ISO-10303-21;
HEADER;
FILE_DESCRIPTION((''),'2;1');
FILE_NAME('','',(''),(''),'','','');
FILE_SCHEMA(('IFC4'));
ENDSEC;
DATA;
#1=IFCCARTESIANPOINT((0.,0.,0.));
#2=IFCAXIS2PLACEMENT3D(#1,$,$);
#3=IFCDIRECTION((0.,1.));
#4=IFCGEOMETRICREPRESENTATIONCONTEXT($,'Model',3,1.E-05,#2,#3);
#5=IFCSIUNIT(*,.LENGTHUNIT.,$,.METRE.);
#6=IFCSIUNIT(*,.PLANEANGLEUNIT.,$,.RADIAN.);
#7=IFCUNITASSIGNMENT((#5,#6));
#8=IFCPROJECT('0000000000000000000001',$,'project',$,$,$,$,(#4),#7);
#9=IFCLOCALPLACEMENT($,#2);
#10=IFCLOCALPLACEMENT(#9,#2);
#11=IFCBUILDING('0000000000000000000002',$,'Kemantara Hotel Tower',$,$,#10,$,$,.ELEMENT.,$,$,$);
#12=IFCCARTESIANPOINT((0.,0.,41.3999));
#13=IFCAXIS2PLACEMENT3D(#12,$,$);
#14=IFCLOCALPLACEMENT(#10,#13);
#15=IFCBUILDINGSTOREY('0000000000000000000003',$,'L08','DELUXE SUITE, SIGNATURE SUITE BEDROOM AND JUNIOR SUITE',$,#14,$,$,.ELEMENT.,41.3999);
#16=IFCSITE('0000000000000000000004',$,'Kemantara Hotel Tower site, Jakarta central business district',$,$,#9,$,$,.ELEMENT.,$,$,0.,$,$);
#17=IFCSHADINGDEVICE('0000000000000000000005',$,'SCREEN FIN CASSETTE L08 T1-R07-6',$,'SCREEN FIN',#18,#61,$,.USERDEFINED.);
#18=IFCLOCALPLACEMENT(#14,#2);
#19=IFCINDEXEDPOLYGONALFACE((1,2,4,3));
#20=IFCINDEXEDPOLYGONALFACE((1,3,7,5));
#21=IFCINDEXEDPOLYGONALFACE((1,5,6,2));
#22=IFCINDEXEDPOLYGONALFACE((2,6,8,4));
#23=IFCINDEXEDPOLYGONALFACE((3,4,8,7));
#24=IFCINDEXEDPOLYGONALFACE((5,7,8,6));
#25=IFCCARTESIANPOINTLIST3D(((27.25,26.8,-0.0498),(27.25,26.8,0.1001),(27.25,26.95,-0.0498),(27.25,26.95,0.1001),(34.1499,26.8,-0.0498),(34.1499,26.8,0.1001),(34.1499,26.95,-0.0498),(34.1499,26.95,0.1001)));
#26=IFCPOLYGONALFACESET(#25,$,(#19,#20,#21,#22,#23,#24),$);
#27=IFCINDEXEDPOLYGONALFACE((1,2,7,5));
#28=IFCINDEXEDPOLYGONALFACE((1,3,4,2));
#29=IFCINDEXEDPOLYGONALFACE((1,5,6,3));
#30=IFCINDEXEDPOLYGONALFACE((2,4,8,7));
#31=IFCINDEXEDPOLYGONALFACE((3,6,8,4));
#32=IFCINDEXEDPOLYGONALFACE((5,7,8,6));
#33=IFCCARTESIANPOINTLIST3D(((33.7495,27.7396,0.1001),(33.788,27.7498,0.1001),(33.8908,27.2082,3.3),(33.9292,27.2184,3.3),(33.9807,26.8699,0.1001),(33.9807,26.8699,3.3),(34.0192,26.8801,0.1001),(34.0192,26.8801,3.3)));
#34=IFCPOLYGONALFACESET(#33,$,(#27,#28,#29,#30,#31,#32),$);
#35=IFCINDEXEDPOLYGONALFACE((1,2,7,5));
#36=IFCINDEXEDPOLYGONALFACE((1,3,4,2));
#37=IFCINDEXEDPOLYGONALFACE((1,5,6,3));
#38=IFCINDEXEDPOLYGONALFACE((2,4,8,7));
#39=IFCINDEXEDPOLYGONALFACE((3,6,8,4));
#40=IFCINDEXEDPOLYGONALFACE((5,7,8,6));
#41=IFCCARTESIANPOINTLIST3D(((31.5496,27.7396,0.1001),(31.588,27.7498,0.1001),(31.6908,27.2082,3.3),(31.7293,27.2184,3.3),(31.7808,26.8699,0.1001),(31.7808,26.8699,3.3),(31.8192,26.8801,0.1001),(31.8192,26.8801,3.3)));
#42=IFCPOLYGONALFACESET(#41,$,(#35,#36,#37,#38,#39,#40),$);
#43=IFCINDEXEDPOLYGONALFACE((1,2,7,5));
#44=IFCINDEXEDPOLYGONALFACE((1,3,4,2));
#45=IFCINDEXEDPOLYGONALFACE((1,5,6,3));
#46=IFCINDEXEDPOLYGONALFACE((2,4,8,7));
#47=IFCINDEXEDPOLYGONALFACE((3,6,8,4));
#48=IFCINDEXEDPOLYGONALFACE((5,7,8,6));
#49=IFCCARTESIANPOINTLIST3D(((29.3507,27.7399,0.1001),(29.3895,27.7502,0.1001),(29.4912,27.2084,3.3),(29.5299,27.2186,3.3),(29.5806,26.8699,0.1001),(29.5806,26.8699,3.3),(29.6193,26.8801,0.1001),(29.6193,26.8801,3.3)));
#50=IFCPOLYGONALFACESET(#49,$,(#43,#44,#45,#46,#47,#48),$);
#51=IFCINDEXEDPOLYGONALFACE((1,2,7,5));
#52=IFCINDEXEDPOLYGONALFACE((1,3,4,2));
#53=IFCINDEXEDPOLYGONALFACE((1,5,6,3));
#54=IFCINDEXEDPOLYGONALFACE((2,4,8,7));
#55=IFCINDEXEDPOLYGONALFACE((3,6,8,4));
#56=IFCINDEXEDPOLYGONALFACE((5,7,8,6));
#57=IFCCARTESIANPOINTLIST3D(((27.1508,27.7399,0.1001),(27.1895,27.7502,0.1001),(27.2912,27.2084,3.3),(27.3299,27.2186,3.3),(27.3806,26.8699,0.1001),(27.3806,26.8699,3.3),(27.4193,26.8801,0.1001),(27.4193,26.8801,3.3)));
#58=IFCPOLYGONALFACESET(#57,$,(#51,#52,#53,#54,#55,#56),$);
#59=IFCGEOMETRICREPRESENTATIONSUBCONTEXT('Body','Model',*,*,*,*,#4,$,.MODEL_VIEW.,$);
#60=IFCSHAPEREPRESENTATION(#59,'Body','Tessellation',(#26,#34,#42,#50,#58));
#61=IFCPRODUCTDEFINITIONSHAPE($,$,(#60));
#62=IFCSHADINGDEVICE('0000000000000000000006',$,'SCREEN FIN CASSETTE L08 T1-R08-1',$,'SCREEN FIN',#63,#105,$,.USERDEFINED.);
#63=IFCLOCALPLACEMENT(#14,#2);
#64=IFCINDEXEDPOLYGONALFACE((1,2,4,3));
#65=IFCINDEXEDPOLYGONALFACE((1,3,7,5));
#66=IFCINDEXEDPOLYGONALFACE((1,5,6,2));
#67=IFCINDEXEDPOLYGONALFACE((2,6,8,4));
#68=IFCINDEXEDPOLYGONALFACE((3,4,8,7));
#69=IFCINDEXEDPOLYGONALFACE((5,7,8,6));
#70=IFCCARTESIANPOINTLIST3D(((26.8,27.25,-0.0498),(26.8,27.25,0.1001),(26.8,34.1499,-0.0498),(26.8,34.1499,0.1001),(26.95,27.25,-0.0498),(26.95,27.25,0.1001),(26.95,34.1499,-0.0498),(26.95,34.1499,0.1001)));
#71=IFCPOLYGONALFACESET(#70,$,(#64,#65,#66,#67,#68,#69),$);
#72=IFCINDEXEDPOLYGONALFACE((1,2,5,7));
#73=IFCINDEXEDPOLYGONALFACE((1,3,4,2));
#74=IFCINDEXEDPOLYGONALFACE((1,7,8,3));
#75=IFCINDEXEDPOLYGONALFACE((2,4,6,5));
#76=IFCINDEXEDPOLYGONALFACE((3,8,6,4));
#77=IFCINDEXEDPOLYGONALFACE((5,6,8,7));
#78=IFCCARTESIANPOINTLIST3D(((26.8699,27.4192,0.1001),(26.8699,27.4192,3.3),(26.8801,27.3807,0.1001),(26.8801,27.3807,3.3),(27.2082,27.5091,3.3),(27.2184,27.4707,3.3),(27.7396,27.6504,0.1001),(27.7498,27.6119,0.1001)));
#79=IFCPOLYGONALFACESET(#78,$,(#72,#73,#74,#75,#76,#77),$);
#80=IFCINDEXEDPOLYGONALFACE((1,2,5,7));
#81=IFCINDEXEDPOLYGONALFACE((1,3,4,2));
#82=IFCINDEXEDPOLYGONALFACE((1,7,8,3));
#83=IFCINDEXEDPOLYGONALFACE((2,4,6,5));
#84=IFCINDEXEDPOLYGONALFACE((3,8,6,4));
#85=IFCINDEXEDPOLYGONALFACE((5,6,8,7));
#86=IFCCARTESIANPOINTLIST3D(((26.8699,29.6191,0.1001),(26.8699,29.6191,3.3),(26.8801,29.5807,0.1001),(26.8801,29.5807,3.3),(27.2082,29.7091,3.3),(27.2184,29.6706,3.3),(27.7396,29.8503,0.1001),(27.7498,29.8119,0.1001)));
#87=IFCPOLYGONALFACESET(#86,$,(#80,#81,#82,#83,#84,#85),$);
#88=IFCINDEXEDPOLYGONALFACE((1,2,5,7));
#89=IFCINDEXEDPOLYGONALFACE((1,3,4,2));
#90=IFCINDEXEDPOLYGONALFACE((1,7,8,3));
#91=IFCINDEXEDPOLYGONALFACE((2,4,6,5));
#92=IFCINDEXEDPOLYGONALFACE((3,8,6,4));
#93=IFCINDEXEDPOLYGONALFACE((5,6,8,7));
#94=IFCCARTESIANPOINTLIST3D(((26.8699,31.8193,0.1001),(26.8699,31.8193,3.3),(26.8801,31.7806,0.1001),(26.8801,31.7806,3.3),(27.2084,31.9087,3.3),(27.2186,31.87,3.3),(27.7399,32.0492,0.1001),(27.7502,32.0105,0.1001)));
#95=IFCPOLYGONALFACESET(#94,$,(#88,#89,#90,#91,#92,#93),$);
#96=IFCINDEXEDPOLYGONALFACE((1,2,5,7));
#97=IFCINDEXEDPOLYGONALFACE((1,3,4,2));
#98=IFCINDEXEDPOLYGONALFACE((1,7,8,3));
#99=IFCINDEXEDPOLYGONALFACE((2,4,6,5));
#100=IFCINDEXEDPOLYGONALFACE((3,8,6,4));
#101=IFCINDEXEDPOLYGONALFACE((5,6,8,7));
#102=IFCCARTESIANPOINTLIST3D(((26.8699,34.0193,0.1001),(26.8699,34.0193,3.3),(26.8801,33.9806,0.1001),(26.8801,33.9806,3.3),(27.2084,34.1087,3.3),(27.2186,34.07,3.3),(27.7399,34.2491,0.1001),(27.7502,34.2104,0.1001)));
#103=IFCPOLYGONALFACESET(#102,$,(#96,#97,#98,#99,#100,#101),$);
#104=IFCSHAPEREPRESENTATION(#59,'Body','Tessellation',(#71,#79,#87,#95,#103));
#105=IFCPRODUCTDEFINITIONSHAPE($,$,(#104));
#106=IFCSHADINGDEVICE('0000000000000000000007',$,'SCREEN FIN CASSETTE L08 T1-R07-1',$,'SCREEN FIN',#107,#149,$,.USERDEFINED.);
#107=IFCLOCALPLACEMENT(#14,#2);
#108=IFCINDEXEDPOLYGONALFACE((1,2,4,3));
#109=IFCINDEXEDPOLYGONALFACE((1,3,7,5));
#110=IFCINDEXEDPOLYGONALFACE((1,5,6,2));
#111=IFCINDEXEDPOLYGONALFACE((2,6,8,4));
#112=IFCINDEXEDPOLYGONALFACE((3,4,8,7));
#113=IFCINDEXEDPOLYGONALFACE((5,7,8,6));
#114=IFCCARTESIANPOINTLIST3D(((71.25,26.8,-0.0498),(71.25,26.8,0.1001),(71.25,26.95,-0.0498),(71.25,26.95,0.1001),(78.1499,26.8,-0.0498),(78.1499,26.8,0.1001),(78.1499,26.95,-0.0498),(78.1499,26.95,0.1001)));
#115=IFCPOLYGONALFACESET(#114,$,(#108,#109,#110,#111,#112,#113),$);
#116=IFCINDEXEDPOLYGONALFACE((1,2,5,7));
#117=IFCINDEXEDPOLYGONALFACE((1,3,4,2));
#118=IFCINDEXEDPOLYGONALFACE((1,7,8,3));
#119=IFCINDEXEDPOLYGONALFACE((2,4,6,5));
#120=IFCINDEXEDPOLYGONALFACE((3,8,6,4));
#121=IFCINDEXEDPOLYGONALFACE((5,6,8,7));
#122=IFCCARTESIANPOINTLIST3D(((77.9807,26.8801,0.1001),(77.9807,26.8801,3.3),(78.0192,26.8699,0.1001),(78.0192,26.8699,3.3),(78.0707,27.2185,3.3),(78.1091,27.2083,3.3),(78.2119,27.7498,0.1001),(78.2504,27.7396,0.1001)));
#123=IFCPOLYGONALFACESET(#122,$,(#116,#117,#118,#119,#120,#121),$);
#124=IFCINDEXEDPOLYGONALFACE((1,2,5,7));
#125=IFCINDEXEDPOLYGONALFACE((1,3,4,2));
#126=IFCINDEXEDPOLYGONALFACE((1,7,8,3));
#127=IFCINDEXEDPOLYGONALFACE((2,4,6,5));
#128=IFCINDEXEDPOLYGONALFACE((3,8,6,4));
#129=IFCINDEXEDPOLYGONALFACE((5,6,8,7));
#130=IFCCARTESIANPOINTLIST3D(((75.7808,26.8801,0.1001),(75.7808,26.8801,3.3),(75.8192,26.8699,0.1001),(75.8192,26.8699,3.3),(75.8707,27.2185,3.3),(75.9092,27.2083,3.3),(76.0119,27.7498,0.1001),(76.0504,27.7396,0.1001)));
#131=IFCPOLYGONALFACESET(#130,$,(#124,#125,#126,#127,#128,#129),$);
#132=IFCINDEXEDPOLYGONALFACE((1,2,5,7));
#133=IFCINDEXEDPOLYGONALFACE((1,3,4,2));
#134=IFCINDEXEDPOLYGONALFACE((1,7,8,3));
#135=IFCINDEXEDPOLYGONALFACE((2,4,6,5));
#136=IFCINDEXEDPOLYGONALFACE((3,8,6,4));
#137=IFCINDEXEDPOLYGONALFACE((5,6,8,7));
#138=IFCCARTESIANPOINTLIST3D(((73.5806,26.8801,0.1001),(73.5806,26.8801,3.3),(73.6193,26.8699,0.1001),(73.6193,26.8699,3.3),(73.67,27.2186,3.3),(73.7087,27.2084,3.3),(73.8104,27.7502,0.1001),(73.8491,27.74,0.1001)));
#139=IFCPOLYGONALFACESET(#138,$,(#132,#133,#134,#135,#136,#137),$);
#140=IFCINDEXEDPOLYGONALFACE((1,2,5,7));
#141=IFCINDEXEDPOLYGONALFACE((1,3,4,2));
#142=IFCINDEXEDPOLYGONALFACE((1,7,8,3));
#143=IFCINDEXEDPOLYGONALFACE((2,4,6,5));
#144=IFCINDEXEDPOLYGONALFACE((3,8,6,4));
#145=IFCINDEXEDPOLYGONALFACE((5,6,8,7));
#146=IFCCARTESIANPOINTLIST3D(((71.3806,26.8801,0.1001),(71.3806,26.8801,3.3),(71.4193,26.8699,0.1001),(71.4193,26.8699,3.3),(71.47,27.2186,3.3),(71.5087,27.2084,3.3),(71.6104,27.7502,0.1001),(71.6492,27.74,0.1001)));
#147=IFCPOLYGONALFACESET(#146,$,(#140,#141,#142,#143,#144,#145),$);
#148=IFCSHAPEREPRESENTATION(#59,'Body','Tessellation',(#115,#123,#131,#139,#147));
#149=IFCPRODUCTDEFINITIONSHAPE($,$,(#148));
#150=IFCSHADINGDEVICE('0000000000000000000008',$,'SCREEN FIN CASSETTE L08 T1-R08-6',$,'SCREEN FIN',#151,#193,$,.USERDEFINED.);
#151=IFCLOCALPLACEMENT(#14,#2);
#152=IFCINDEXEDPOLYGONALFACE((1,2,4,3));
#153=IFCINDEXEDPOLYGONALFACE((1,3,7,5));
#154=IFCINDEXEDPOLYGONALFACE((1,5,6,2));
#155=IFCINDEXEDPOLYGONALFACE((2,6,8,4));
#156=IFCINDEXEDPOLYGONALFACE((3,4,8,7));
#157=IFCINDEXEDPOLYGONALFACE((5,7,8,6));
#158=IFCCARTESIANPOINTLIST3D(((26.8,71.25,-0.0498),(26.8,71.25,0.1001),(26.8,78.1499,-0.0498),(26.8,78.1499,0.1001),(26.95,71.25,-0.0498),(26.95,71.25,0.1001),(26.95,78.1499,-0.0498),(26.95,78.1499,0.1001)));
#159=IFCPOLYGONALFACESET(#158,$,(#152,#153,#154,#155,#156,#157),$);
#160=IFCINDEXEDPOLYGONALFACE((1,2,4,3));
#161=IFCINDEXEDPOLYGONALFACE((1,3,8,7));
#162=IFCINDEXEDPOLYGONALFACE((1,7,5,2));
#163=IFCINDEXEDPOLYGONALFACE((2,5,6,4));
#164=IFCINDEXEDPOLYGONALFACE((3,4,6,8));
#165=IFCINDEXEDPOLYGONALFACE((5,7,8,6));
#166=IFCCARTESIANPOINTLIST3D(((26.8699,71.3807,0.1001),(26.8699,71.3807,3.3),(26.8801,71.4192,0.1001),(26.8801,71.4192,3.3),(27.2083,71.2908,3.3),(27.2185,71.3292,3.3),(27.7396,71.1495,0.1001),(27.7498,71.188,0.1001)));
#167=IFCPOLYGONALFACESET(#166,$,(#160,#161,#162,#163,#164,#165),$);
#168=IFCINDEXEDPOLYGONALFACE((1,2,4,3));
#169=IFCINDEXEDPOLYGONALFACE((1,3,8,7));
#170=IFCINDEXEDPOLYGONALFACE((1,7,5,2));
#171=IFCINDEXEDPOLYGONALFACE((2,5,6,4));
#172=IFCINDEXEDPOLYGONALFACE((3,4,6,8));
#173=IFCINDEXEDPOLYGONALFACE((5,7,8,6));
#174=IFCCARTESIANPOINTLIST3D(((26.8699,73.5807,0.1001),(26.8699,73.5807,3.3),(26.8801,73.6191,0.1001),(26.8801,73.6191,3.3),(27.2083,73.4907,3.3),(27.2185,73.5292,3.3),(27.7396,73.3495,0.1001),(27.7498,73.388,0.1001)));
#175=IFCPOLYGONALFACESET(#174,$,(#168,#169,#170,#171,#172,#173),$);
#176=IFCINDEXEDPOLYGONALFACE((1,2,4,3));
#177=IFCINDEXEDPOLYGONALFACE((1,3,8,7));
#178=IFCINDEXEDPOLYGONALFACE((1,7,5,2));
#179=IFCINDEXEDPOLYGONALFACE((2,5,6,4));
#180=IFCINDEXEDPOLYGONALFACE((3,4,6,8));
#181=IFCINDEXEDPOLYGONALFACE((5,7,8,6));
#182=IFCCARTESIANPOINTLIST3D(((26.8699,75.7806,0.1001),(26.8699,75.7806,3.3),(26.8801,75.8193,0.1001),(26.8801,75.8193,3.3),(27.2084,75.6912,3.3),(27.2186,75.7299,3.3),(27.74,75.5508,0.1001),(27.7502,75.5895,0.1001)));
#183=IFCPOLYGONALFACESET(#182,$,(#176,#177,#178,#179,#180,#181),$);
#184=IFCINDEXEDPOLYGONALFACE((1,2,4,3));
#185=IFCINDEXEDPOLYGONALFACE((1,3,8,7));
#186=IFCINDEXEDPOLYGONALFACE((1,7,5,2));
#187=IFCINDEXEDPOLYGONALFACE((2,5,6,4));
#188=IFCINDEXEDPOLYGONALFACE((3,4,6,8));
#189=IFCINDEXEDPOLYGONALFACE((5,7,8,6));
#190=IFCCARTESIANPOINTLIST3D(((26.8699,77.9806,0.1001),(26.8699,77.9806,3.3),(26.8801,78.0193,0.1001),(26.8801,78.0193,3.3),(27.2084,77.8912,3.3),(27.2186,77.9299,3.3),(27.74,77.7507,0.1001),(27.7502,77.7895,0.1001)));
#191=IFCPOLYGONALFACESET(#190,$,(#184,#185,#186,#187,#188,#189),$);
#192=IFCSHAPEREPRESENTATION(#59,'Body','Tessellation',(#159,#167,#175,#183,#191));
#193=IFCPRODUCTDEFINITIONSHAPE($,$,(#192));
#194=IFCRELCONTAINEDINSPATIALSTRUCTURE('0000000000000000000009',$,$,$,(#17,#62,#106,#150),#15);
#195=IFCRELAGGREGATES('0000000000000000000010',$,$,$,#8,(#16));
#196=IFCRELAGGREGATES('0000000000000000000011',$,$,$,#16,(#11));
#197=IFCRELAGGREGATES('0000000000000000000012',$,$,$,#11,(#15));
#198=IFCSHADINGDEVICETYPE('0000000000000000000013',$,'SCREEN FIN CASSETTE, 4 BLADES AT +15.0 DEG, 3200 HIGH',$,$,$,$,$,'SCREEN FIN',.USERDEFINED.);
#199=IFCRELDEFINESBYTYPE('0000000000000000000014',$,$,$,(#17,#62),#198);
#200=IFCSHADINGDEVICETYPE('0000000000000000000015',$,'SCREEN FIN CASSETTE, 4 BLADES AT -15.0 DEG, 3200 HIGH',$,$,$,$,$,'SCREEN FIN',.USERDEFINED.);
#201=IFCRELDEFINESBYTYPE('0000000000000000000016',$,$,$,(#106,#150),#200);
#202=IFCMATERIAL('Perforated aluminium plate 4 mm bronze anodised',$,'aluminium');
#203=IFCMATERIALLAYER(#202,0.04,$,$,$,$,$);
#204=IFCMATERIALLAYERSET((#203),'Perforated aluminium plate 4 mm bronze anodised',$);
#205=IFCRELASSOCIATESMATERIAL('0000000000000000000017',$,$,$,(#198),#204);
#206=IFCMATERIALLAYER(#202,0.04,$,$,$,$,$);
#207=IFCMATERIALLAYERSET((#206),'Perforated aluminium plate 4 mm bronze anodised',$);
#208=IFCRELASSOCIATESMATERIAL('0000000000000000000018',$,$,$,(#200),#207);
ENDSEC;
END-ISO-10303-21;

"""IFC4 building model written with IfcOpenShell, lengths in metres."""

from ifc_helpers import new_model, si_unit, direction, frame, origin, origin_2d, place, context, subcontext, project, spatial, polyline, rectangle, outline, extrude, source, transform, mapped, material, layer, layer_set, type_object, element, save


model = new_model("IFC4")

# Units and contexts
model_context = context("Model", 3, precision=1e-05, world=origin(), true_north=direction((0.0, 1.0)))
body_context = subcontext(model_context, "Body", "Model", "MODEL_VIEW")
ifc_project = project(units=[si_unit("LENGTHUNIT", "METRE"), si_unit("PLANEANGLEUNIT", "RADIAN")], contexts=[model_context])

# Site, building, storey
site_placement = place(None, origin())
site = spatial("IfcSite", under=ifc_project, at=site_placement, Name="Kemantara Hotel Tower site, Jakarta central business district", CompositionType="ELEMENT", RefElevation=0.0)
building_placement = place(site_placement, origin())
building = spatial("IfcBuilding", under=site, at=building_placement, Name="Kemantara Hotel Tower", CompositionType="ELEMENT")
storey_placement = place(building_placement, frame((0.0, 0.0, 41.3999)))
storey = spatial("IfcBuildingStorey", under=building, at=storey_placement, Name="L08", Description="DELUXE SUITE, SIGNATURE SUITE BEDROOM AND JUNIOR SUITE", CompositionType="ELEMENT", Elevation=41.3999)

# Shading devices
ifc_material_1 = material(Name="Perforated aluminium plate 4 mm bronze anodised", Category="aluminium")
ifc_layer_1 = layer(ifc_material_1, 0.04)
ifc_layer_set_1 = layer_set([ifc_layer_1], Name="Perforated aluminium plate 4 mm bronze anodised")
shading_device_type_1 = type_object("IfcShadingDeviceType", Name="SCREEN FIN CASSETTE, 4 BLADES AT +15.0 DEG, 3200 HIGH", ElementType="SCREEN FIN", PredefinedType="USERDEFINED", material=ifc_layer_set_1)
shared_shape_1 = source(origin(), body_context, "Body", "SweptSolid", [
    extrude(rectangle(XDim=6.8999, YDim=0.1499, at=origin_2d()), frame((3.3, -0.075, -0.1499), z_axis=(0.0, 0.0, 1.0), x_axis=(1.0, 0.0, 0.0)), (0.0, 0.0, 1.0), 0.1499),
    extrude(outline(polyline([(0.0, 0.0), (0.8999, 0.0), (0.3501, 3.2), (0.0, 3.2), (0.0, 0.0)])), frame((0.0193, -0.0698, 0.0), z_axis=(-0.966438, -0.256901, 0.0), x_axis=(0.256901, -0.966438, 0.0)), (0.0, 0.0, 1.0), 0.0398),
    extrude(outline(polyline([(0.0, 0.0), (0.8999, 0.0), (0.3501, 3.2), (0.0, 3.2), (0.0, 0.0)])), frame((2.2192, -0.0698, 0.0), z_axis=(-0.966438, -0.256901, 0.0), x_axis=(0.256901, -0.966438, 0.0)), (0.0, 0.0, 1.0), 0.0398),
    extrude(outline(polyline([(0.0, 0.0), (0.8999, 0.0), (0.3501, 3.2), (0.0, 3.2), (0.0, 0.0)])), frame((4.4194, -0.0698, 0.0), z_axis=(-0.966838, -0.255391, 0.0), x_axis=(0.255391, -0.966838, 0.0)), (0.0, 0.0, 1.0), 0.04),
    extrude(outline(polyline([(0.0, 0.0), (0.8999, 0.0), (0.3501, 3.2), (0.0, 3.2), (0.0, 0.0)])), frame((6.6194, -0.0698, 0.0), z_axis=(-0.966838, -0.255391, 0.0), x_axis=(0.255391, -0.966838, 0.0)), (0.0, 0.0, 1.0), 0.04),
])
for number, where, z_axis, x_axis, name in (
    (1, (34.0, 26.8, 0.1001), (0.0, 0.0, 1.0), (-1.0, 0.0, 0.0), "SCREEN FIN CASSETTE L08 T1-R07-6"),
    (2, (26.8, 27.3999, 0.1001), (0.0, 0.0, 1.0), (0.0, 1.0, 0.0), "SCREEN FIN CASSETTE L08 T1-R08-1"),
):
    element("IfcShadingDevice", number, at=place(storey_placement, frame(where, z_axis=z_axis, x_axis=x_axis)), inside=storey, type_object=shading_device_type_1, Name=name, ObjectType="SCREEN FIN", PredefinedType="USERDEFINED", context=body_context, shape_type="MappedRepresentation", body=[
        mapped(shared_shape_1, transform((0.0, 0.0, 0.0))),
    ])
ifc_layer_2 = layer(ifc_material_1, 0.04)
ifc_layer_set_2 = layer_set([ifc_layer_2], Name="Perforated aluminium plate 4 mm bronze anodised")
shading_device_type_2 = type_object("IfcShadingDeviceType", Name="SCREEN FIN CASSETTE, 4 BLADES AT -15.0 DEG, 3200 HIGH", ElementType="SCREEN FIN", PredefinedType="USERDEFINED", material=ifc_layer_set_2)
shared_shape_2 = source(origin(), body_context, "Body", "SweptSolid", [
    extrude(rectangle(XDim=6.8999, YDim=0.1499, at=origin_2d()), frame((3.3, -0.075, -0.1499), z_axis=(0.0, 0.0, 1.0), x_axis=(1.0, 0.0, 0.0)), (0.0, 0.0, 1.0), 0.1499),
    extrude(outline(polyline([(0.0, 0.0), (0.8999, 0.0), (0.3501, 3.2), (0.0, 3.2), (0.0, 0.0)])), frame((0.0193, -0.0801, 0.0), z_axis=(-0.966438, 0.256901, 0.0), x_axis=(-0.256901, -0.966438, 0.0)), (0.0, 0.0, 1.0), 0.0398),
    extrude(outline(polyline([(0.0, 0.0), (0.8999, 0.0), (0.3501, 3.2), (0.0, 3.2), (0.0, 0.0)])), frame((2.2192, -0.0801, 0.0), z_axis=(-0.966438, 0.256901, 0.0), x_axis=(-0.256901, -0.966438, 0.0)), (0.0, 0.0, 1.0), 0.0398),
    extrude(outline(polyline([(0.0, 0.0), (0.8999, 0.0), (0.3501, 3.2), (0.0, 3.2), (0.0, 0.0)])), frame((4.4194, -0.0801, 0.0), z_axis=(-0.966838, 0.255391, 0.0), x_axis=(-0.255391, -0.966838, 0.0)), (0.0, 0.0, 1.0), 0.04),
    extrude(outline(polyline([(0.0, 0.0), (0.8999, 0.0), (0.3501, 3.2), (0.0, 3.2), (0.0, 0.0)])), frame((6.6194, -0.0801, 0.0), z_axis=(-0.966838, 0.255391, 0.0), x_axis=(-0.255391, -0.966838, 0.0)), (0.0, 0.0, 1.0), 0.04),
])
for number, where, z_axis, x_axis, name in (
    (3, (78.0, 26.8, 0.1001), (0.0, 0.0, 1.0), (-1.0, 0.0, 0.0), "SCREEN FIN CASSETTE L08 T1-R07-1"),
    (4, (26.8, 71.3999, 0.1001), (0.0, 0.0, 1.0), (0.0, 1.0, 0.0), "SCREEN FIN CASSETTE L08 T1-R08-6"),
):
    element("IfcShadingDevice", number, at=place(storey_placement, frame(where, z_axis=z_axis, x_axis=x_axis)), inside=storey, type_object=shading_device_type_2, Name=name, ObjectType="SCREEN FIN", PredefinedType="USERDEFINED", context=body_context, shape_type="MappedRepresentation", body=[
        mapped(shared_shape_2, transform((0.0, 0.0, 0.0))),
    ])

save(model, "model.ifc")
